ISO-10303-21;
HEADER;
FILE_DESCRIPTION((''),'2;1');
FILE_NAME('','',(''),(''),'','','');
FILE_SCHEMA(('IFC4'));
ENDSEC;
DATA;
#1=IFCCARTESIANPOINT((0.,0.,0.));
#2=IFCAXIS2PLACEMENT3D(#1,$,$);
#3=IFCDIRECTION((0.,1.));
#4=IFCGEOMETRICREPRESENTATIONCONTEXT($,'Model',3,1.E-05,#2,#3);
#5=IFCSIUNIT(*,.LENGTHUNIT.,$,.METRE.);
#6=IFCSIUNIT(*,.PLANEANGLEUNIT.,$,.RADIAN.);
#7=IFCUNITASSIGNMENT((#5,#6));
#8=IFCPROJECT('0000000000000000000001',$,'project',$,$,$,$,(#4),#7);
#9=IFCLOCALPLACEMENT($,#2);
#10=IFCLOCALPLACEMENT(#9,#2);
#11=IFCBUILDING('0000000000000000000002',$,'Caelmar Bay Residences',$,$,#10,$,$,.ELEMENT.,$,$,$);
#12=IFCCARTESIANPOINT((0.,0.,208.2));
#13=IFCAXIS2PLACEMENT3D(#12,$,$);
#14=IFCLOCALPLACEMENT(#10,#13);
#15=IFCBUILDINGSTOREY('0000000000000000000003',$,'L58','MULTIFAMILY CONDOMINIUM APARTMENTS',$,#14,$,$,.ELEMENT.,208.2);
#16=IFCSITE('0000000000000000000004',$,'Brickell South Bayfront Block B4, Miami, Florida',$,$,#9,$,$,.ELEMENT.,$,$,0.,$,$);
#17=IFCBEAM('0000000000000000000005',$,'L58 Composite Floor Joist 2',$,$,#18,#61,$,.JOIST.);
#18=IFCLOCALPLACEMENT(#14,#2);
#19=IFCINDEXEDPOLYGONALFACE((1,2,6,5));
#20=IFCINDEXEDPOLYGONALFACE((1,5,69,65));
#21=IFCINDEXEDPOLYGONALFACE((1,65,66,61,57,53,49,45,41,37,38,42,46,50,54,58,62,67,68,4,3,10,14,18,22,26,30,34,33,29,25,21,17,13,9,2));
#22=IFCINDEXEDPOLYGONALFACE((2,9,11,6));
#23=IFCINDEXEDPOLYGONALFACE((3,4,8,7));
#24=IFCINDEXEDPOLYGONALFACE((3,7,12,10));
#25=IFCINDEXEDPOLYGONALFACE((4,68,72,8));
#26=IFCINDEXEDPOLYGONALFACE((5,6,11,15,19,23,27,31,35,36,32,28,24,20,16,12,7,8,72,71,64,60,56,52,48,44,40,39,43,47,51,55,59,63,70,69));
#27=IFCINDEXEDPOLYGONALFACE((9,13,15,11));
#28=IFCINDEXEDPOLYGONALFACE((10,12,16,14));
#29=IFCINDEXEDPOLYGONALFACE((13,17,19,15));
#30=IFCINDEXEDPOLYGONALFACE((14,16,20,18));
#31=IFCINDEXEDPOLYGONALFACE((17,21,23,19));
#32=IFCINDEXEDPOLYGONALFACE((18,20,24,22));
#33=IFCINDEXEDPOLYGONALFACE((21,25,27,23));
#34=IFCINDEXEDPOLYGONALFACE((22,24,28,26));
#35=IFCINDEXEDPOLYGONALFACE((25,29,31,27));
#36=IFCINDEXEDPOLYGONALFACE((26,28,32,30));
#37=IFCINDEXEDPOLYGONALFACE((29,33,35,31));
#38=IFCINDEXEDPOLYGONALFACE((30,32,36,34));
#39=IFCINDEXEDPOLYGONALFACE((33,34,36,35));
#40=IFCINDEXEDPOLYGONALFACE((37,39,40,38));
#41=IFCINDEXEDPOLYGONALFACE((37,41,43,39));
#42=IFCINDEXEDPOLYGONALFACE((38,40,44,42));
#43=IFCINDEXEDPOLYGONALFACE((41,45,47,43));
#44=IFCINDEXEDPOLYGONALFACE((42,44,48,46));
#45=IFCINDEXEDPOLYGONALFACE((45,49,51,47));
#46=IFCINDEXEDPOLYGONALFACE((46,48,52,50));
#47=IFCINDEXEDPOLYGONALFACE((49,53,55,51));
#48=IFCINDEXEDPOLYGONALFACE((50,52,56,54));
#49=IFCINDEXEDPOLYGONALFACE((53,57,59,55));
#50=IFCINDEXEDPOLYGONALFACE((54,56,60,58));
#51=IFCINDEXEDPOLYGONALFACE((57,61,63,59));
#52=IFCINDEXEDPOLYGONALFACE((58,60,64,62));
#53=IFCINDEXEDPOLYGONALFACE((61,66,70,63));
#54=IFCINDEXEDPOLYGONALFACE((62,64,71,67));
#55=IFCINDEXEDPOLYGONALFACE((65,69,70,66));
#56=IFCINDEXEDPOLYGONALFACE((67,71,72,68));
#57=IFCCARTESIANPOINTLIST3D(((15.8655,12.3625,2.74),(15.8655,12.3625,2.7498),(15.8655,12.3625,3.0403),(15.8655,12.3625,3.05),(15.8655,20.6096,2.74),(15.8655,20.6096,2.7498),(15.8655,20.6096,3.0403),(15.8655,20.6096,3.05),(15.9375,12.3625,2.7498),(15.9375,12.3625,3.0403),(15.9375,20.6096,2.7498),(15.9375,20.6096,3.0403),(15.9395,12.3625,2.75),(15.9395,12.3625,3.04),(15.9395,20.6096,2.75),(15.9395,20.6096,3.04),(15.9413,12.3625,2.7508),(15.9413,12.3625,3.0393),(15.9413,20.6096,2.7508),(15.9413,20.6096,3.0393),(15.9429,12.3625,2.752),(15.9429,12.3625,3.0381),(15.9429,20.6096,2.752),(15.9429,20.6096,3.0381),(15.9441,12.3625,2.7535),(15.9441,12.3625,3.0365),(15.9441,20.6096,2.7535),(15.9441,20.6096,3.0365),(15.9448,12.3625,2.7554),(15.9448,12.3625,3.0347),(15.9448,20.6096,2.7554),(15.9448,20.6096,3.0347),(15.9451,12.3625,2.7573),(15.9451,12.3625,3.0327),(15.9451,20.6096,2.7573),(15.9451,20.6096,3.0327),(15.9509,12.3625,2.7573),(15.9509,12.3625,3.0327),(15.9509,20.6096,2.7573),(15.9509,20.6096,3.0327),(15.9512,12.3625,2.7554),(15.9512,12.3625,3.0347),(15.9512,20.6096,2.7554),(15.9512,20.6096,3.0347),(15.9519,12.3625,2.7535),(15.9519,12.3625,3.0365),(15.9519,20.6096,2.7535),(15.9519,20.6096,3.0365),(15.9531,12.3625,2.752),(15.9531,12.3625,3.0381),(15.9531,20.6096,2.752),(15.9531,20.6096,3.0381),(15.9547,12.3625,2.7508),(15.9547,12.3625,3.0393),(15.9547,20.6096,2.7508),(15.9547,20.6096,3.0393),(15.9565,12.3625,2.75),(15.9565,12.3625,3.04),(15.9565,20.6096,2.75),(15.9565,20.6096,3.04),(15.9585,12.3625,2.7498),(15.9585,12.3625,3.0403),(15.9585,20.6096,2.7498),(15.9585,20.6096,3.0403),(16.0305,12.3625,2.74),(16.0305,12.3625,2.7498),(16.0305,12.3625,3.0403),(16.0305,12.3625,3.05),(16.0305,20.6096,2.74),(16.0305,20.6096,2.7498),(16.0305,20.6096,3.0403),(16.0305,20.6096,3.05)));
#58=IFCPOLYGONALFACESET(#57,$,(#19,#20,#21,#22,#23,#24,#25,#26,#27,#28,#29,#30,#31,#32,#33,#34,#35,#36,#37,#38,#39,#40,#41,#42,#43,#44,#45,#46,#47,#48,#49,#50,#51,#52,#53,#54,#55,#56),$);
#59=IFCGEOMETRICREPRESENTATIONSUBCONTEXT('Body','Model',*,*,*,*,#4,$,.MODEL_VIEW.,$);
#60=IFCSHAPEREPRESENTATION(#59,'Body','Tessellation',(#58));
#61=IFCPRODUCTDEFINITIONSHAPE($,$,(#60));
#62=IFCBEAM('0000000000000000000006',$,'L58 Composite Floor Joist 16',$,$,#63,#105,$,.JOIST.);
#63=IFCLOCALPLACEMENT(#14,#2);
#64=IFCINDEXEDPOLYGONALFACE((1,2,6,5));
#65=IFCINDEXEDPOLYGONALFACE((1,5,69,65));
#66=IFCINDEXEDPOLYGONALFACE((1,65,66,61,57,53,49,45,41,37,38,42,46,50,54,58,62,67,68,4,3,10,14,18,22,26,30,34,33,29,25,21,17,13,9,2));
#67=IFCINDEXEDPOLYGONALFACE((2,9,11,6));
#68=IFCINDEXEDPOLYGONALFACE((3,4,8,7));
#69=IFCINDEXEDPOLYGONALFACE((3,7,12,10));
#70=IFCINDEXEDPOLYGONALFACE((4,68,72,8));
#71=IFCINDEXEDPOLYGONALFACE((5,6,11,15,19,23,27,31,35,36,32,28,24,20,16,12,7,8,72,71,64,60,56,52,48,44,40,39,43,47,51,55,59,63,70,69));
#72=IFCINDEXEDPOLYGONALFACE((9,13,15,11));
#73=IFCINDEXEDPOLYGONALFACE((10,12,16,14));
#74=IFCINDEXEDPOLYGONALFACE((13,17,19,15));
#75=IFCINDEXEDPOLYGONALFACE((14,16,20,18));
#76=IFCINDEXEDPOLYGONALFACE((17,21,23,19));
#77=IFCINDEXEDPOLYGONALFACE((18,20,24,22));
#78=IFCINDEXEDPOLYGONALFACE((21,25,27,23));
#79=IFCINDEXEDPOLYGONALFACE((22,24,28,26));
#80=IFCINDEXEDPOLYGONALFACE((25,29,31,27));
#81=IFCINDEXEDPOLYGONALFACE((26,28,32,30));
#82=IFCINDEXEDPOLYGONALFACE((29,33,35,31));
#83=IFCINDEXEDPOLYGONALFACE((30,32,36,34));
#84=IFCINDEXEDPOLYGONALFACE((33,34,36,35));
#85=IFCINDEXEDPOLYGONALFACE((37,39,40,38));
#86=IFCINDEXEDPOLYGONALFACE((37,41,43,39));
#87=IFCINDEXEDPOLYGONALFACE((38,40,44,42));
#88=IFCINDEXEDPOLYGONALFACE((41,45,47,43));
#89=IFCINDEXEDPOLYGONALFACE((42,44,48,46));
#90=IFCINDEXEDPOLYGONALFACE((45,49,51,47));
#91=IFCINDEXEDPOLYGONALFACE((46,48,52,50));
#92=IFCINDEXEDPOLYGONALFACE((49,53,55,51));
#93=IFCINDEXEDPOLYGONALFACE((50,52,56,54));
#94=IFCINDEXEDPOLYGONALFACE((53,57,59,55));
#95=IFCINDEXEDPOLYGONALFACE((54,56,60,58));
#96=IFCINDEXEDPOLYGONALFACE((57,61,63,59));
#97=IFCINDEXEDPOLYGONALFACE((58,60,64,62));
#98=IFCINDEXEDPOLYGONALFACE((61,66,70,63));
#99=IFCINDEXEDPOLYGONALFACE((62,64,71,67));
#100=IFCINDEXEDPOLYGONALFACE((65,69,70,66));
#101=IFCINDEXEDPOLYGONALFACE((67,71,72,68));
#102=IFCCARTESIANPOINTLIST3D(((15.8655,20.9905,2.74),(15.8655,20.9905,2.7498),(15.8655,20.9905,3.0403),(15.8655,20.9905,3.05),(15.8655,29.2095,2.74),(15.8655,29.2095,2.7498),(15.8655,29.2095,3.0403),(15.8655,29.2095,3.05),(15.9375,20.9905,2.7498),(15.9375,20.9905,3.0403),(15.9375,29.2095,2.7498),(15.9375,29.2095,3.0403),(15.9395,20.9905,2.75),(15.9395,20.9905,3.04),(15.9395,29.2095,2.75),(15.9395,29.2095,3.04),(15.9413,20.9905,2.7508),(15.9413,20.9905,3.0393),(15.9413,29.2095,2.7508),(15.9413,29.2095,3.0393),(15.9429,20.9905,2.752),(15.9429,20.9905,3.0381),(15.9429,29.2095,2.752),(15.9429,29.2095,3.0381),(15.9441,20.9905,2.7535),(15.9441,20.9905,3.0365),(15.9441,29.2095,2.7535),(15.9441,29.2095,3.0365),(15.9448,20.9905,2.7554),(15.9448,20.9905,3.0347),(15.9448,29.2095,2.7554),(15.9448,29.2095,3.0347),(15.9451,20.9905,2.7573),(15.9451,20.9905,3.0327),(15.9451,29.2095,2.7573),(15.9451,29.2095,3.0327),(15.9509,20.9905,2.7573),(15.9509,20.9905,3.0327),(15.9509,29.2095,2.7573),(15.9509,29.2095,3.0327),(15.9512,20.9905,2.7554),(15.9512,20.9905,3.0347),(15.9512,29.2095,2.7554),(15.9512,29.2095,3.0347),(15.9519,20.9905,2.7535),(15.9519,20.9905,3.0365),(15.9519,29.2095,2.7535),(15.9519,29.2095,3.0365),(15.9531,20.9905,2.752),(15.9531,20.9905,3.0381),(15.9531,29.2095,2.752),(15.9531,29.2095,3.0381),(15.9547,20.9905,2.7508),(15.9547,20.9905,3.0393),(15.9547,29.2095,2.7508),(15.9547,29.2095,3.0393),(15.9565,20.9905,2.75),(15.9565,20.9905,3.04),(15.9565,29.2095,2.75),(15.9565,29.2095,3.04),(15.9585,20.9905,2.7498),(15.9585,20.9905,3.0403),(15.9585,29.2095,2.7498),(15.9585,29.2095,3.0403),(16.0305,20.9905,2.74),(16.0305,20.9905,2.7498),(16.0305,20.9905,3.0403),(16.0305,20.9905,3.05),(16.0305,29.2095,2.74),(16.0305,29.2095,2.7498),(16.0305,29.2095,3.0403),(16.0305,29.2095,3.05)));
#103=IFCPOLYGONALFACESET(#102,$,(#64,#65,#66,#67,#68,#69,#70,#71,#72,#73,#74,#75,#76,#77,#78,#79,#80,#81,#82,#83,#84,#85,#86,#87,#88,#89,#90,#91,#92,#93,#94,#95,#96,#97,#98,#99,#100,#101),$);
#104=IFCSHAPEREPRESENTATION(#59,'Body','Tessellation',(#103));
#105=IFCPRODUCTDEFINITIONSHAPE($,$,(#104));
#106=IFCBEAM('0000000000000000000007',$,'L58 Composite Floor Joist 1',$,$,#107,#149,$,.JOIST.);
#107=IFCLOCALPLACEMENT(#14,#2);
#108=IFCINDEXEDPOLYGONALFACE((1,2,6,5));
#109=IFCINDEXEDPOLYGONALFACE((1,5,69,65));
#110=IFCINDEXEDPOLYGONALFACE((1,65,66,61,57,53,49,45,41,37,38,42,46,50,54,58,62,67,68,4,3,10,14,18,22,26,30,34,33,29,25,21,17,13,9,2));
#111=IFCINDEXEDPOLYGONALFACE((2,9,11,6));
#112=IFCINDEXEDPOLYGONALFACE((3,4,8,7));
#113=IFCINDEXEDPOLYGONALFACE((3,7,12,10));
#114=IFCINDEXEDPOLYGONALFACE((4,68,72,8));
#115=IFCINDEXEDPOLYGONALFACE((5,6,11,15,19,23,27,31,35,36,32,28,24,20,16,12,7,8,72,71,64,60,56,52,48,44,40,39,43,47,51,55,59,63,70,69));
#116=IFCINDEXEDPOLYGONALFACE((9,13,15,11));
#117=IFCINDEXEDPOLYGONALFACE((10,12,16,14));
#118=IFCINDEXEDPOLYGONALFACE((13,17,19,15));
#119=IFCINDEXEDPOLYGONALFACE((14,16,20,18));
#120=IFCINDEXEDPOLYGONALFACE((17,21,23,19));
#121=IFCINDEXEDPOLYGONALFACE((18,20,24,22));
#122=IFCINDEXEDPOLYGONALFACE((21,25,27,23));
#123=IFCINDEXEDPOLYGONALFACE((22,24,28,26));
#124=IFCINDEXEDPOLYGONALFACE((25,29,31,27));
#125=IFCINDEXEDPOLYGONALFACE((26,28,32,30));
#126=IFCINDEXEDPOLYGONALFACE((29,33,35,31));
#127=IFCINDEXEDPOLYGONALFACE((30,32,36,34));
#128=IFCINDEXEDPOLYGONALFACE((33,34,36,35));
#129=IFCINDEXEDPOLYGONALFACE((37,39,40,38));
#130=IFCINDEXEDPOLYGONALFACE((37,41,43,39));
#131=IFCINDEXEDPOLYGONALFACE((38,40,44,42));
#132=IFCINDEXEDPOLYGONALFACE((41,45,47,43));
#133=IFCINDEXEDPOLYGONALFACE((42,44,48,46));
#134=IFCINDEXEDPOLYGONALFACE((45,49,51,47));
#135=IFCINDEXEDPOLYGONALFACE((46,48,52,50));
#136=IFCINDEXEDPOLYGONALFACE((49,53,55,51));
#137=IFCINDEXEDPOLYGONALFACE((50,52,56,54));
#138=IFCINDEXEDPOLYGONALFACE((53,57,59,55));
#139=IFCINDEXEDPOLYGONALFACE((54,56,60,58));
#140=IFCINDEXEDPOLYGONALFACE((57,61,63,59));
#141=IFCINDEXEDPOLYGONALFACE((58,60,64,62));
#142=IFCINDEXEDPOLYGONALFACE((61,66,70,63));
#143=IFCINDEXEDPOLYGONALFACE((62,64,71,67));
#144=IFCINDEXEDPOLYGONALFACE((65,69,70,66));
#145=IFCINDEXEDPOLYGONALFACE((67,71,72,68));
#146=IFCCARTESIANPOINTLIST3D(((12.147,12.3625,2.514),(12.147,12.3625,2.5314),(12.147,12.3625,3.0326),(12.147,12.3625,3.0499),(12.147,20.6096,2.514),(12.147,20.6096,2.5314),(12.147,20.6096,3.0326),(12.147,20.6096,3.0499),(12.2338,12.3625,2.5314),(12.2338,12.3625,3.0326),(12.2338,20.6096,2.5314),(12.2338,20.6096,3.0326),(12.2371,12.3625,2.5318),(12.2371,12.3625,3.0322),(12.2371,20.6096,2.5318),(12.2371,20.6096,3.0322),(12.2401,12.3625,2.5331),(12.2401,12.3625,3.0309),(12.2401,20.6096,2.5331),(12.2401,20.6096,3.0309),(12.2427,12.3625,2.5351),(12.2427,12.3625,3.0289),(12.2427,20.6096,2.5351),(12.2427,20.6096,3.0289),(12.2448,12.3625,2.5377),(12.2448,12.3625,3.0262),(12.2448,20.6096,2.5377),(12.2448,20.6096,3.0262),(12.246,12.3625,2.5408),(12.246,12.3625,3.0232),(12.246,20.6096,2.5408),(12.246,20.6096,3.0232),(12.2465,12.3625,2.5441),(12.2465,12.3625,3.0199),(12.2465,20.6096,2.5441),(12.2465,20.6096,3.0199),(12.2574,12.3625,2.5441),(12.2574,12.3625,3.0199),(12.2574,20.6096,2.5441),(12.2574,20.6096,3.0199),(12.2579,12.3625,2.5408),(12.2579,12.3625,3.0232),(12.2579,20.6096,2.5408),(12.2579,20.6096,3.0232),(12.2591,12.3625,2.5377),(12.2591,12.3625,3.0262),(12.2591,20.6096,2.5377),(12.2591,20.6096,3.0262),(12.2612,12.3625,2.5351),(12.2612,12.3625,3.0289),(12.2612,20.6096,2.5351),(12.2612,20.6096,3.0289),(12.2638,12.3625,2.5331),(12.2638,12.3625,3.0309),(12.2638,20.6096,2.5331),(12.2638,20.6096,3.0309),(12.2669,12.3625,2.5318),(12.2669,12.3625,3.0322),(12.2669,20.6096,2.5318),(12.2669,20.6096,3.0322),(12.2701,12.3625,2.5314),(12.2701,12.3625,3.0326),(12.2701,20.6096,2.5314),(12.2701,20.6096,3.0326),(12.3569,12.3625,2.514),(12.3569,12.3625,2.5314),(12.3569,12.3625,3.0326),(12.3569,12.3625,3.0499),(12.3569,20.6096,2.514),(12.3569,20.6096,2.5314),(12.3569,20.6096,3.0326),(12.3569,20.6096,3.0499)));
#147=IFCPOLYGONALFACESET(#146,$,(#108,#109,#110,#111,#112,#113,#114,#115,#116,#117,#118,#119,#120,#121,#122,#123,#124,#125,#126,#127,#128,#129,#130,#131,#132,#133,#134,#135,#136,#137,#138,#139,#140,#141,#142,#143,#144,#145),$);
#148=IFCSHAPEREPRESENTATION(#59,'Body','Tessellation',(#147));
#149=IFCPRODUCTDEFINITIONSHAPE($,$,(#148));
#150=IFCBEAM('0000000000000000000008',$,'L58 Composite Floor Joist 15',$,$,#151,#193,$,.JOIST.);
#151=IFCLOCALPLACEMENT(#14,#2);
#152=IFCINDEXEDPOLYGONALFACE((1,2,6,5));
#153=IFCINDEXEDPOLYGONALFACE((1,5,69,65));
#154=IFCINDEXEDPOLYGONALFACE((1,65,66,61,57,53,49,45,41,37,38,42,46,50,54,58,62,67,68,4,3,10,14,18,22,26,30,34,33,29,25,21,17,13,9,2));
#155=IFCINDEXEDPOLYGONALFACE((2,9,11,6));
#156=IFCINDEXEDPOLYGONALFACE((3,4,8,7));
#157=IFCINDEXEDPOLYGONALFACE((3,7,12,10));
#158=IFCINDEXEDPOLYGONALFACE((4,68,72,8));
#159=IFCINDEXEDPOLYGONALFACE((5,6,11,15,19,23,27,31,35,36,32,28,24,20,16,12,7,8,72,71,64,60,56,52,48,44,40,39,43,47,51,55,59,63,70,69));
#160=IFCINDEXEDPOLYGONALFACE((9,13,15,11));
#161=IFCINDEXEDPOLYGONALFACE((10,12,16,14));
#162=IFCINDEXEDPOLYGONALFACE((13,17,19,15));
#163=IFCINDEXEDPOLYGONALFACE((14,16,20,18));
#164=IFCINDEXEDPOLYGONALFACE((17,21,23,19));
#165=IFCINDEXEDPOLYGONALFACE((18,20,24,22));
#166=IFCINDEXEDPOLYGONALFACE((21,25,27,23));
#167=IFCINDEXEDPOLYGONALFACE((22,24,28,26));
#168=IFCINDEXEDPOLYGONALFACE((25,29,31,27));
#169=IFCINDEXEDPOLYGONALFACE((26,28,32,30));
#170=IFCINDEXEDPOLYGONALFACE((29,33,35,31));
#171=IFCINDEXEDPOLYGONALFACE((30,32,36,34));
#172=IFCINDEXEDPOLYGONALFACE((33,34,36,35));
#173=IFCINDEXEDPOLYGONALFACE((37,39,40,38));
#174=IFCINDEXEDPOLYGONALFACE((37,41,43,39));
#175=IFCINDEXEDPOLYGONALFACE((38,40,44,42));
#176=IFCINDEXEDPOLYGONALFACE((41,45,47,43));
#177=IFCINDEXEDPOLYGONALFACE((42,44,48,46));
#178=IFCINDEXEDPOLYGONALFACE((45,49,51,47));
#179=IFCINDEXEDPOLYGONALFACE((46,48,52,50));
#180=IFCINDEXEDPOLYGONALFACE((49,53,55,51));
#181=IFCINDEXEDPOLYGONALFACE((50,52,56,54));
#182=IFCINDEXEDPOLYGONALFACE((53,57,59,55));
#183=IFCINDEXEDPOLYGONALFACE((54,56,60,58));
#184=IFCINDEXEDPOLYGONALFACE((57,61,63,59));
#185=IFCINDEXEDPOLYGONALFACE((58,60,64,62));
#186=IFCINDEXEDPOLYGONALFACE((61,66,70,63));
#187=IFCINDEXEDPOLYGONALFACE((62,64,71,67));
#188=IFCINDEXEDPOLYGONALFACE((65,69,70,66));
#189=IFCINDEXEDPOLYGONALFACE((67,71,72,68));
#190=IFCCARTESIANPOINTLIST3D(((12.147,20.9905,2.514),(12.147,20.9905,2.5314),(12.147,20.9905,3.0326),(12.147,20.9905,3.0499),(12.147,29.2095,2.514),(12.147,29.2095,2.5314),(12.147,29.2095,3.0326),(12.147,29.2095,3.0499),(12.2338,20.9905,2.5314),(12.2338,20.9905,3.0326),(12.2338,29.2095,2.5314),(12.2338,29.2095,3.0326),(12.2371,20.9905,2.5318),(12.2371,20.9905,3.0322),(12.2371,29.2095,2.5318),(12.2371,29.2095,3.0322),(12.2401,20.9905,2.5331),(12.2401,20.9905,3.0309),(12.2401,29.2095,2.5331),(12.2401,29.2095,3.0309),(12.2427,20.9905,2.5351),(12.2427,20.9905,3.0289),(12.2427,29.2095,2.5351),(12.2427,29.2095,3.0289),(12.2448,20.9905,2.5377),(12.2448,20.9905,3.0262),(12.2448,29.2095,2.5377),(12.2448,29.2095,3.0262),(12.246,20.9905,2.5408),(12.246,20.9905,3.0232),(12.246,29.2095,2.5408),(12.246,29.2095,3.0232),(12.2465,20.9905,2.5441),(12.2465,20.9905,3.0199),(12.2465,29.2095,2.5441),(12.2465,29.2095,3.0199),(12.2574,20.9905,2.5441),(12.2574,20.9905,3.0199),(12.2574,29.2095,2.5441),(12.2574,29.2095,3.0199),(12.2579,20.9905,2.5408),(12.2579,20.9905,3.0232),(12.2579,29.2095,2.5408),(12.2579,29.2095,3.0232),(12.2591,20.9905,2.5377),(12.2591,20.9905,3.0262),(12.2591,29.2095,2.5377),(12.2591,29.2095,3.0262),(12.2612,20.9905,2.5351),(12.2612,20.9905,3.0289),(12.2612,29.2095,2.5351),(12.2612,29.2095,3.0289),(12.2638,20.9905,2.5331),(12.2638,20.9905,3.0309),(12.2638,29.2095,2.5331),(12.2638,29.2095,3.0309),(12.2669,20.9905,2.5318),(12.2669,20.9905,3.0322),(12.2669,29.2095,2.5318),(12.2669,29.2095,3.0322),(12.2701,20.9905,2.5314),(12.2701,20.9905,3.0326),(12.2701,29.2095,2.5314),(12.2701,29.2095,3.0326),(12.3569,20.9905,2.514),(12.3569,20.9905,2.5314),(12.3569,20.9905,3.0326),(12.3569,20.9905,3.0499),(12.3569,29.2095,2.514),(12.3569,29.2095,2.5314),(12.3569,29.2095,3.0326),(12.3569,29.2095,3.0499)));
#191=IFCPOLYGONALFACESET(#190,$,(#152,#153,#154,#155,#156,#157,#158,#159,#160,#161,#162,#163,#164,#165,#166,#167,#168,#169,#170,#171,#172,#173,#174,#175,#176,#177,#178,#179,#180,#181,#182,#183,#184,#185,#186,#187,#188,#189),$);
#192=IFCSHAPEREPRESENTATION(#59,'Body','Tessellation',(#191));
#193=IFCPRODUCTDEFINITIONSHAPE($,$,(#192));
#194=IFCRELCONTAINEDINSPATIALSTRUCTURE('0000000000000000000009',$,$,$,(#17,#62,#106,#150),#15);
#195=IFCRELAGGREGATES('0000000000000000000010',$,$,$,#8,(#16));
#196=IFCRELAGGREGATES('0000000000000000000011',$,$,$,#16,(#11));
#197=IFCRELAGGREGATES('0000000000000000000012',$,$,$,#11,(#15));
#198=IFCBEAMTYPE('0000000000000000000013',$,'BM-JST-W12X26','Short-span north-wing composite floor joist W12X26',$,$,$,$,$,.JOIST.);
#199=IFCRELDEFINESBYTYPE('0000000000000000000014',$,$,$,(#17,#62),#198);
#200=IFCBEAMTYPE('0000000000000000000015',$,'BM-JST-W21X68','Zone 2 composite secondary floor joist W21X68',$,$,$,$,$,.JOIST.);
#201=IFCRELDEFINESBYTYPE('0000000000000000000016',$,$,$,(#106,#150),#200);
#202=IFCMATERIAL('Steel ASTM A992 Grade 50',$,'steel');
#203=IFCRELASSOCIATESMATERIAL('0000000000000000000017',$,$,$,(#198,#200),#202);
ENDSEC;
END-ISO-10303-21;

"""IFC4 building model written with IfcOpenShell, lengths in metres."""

from ifc_helpers import new_model, si_unit, direction, frame, origin, origin_2d, place, context, subcontext, project, spatial, i_section, extrude, material, material_profile, profile_set, type_object, element, save


model = new_model("IFC4")

# Units and contexts
model_context = context("Model", 3, precision=1e-05, world=origin(), true_north=direction((0.0, 1.0)))
body_context = subcontext(model_context, "Body", "Model", "MODEL_VIEW")
ifc_project = project(units=[si_unit("LENGTHUNIT", "METRE"), si_unit("PLANEANGLEUNIT", "RADIAN")], contexts=[model_context])

# Site, building, storey
site_placement = place(None, origin())
site = spatial("IfcSite", under=ifc_project, at=site_placement, Name="Brickell South Bayfront Block B4, Miami, Florida", CompositionType="ELEMENT", RefElevation=0.0)
building_placement = place(site_placement, origin())
building = spatial("IfcBuilding", under=site, at=building_placement, Name="Caelmar Bay Residences", CompositionType="ELEMENT")
storey_placement = place(building_placement, frame((0.0, 0.0, 208.2)))
storey = spatial("IfcBuildingStorey", under=building, at=storey_placement, Name="L58", Description="MULTIFAMILY CONDOMINIUM APARTMENTS", CompositionType="ELEMENT", Elevation=208.2)

# Beams
ifc_material_1 = material(Name="Steel ASTM A992 Grade 50", Category="steel")
ifc_material_profile_1 = material_profile(ifc_material_1, i_section(OverallWidth=0.165, OverallDepth=0.3101, WebThickness=0.0059, FlangeThickness=0.0098, FilletRadius=0.0076, at=origin_2d()), Name="W12X26")
ifc_profile_set_1 = profile_set([ifc_material_profile_1], Name="Steel ASTM A992 Grade 50")
beam_type_1 = type_object("IfcBeamType", Name="BM-JST-W12X26", Description="Short-span north-wing composite floor joist W12X26", PredefinedType="JOIST", material=ifc_profile_set_1)
beam_1_placement = place(storey_placement, frame((15.948, 12.3625, 2.895), z_axis=(0.0, 1.0, 0.0), x_axis=(-1.0, 0.0, 0.0)))
element("IfcBeam", 1, at=beam_1_placement, inside=storey, type_object=beam_type_1, Name="L58 Composite Floor Joist 2", PredefinedType="JOIST", context=body_context, shape_type="SweptSolid", body=[
    extrude(i_section(OverallWidth=0.165, OverallDepth=0.3101, WebThickness=0.0059, FlangeThickness=0.0098, FilletRadius=0.0076, at=origin_2d()), origin(), (0.0, 0.0, 1.0), 8.2471),
])
beam_2_placement = place(storey_placement, frame((15.948, 20.9905, 2.895), z_axis=(0.0, 1.0, 0.0), x_axis=(-1.0, 0.0, 0.0)))
element("IfcBeam", 2, at=beam_2_placement, inside=storey, type_object=beam_type_1, Name="L58 Composite Floor Joist 16", PredefinedType="JOIST", context=body_context, shape_type="SweptSolid", body=[
    extrude(i_section(OverallWidth=0.165, OverallDepth=0.3101, WebThickness=0.0059, FlangeThickness=0.0098, FilletRadius=0.0076, at=origin_2d()), origin(), (0.0, 0.0, 1.0), 8.219),
])
ifc_material_profile_2 = material_profile(ifc_material_1, i_section(OverallWidth=0.21, OverallDepth=0.5359, WebThickness=0.011, FlangeThickness=0.0173, FilletRadius=0.0127, at=origin_2d()), Name="W21X68")
ifc_profile_set_2 = profile_set([ifc_material_profile_2], Name="Steel ASTM A992 Grade 50")
beam_type_2 = type_object("IfcBeamType", Name="BM-JST-W21X68", Description="Zone 2 composite secondary floor joist W21X68", PredefinedType="JOIST", material=ifc_profile_set_2)
beam_3_placement = place(storey_placement, frame((12.252, 12.3625, 2.782), z_axis=(0.0, 1.0, 0.0), x_axis=(-1.0, 0.0, 0.0)))
element("IfcBeam", 3, at=beam_3_placement, inside=storey, type_object=beam_type_2, Name="L58 Composite Floor Joist 1", PredefinedType="JOIST", context=body_context, shape_type="SweptSolid", body=[
    extrude(i_section(OverallWidth=0.21, OverallDepth=0.5359, WebThickness=0.011, FlangeThickness=0.0173, FilletRadius=0.0127, at=origin_2d()), origin(), (0.0, 0.0, 1.0), 8.2471),
])
beam_4_placement = place(storey_placement, frame((12.252, 20.9905, 2.782), z_axis=(0.0, 1.0, 0.0), x_axis=(-1.0, 0.0, 0.0)))
element("IfcBeam", 4, at=beam_4_placement, inside=storey, type_object=beam_type_2, Name="L58 Composite Floor Joist 15", PredefinedType="JOIST", context=body_context, shape_type="SweptSolid", body=[
    extrude(i_section(OverallWidth=0.21, OverallDepth=0.5359, WebThickness=0.011, FlangeThickness=0.0173, FilletRadius=0.0127, at=origin_2d()), origin(), (0.0, 0.0, 1.0), 8.219),
])

save(model, "model.ifc")
